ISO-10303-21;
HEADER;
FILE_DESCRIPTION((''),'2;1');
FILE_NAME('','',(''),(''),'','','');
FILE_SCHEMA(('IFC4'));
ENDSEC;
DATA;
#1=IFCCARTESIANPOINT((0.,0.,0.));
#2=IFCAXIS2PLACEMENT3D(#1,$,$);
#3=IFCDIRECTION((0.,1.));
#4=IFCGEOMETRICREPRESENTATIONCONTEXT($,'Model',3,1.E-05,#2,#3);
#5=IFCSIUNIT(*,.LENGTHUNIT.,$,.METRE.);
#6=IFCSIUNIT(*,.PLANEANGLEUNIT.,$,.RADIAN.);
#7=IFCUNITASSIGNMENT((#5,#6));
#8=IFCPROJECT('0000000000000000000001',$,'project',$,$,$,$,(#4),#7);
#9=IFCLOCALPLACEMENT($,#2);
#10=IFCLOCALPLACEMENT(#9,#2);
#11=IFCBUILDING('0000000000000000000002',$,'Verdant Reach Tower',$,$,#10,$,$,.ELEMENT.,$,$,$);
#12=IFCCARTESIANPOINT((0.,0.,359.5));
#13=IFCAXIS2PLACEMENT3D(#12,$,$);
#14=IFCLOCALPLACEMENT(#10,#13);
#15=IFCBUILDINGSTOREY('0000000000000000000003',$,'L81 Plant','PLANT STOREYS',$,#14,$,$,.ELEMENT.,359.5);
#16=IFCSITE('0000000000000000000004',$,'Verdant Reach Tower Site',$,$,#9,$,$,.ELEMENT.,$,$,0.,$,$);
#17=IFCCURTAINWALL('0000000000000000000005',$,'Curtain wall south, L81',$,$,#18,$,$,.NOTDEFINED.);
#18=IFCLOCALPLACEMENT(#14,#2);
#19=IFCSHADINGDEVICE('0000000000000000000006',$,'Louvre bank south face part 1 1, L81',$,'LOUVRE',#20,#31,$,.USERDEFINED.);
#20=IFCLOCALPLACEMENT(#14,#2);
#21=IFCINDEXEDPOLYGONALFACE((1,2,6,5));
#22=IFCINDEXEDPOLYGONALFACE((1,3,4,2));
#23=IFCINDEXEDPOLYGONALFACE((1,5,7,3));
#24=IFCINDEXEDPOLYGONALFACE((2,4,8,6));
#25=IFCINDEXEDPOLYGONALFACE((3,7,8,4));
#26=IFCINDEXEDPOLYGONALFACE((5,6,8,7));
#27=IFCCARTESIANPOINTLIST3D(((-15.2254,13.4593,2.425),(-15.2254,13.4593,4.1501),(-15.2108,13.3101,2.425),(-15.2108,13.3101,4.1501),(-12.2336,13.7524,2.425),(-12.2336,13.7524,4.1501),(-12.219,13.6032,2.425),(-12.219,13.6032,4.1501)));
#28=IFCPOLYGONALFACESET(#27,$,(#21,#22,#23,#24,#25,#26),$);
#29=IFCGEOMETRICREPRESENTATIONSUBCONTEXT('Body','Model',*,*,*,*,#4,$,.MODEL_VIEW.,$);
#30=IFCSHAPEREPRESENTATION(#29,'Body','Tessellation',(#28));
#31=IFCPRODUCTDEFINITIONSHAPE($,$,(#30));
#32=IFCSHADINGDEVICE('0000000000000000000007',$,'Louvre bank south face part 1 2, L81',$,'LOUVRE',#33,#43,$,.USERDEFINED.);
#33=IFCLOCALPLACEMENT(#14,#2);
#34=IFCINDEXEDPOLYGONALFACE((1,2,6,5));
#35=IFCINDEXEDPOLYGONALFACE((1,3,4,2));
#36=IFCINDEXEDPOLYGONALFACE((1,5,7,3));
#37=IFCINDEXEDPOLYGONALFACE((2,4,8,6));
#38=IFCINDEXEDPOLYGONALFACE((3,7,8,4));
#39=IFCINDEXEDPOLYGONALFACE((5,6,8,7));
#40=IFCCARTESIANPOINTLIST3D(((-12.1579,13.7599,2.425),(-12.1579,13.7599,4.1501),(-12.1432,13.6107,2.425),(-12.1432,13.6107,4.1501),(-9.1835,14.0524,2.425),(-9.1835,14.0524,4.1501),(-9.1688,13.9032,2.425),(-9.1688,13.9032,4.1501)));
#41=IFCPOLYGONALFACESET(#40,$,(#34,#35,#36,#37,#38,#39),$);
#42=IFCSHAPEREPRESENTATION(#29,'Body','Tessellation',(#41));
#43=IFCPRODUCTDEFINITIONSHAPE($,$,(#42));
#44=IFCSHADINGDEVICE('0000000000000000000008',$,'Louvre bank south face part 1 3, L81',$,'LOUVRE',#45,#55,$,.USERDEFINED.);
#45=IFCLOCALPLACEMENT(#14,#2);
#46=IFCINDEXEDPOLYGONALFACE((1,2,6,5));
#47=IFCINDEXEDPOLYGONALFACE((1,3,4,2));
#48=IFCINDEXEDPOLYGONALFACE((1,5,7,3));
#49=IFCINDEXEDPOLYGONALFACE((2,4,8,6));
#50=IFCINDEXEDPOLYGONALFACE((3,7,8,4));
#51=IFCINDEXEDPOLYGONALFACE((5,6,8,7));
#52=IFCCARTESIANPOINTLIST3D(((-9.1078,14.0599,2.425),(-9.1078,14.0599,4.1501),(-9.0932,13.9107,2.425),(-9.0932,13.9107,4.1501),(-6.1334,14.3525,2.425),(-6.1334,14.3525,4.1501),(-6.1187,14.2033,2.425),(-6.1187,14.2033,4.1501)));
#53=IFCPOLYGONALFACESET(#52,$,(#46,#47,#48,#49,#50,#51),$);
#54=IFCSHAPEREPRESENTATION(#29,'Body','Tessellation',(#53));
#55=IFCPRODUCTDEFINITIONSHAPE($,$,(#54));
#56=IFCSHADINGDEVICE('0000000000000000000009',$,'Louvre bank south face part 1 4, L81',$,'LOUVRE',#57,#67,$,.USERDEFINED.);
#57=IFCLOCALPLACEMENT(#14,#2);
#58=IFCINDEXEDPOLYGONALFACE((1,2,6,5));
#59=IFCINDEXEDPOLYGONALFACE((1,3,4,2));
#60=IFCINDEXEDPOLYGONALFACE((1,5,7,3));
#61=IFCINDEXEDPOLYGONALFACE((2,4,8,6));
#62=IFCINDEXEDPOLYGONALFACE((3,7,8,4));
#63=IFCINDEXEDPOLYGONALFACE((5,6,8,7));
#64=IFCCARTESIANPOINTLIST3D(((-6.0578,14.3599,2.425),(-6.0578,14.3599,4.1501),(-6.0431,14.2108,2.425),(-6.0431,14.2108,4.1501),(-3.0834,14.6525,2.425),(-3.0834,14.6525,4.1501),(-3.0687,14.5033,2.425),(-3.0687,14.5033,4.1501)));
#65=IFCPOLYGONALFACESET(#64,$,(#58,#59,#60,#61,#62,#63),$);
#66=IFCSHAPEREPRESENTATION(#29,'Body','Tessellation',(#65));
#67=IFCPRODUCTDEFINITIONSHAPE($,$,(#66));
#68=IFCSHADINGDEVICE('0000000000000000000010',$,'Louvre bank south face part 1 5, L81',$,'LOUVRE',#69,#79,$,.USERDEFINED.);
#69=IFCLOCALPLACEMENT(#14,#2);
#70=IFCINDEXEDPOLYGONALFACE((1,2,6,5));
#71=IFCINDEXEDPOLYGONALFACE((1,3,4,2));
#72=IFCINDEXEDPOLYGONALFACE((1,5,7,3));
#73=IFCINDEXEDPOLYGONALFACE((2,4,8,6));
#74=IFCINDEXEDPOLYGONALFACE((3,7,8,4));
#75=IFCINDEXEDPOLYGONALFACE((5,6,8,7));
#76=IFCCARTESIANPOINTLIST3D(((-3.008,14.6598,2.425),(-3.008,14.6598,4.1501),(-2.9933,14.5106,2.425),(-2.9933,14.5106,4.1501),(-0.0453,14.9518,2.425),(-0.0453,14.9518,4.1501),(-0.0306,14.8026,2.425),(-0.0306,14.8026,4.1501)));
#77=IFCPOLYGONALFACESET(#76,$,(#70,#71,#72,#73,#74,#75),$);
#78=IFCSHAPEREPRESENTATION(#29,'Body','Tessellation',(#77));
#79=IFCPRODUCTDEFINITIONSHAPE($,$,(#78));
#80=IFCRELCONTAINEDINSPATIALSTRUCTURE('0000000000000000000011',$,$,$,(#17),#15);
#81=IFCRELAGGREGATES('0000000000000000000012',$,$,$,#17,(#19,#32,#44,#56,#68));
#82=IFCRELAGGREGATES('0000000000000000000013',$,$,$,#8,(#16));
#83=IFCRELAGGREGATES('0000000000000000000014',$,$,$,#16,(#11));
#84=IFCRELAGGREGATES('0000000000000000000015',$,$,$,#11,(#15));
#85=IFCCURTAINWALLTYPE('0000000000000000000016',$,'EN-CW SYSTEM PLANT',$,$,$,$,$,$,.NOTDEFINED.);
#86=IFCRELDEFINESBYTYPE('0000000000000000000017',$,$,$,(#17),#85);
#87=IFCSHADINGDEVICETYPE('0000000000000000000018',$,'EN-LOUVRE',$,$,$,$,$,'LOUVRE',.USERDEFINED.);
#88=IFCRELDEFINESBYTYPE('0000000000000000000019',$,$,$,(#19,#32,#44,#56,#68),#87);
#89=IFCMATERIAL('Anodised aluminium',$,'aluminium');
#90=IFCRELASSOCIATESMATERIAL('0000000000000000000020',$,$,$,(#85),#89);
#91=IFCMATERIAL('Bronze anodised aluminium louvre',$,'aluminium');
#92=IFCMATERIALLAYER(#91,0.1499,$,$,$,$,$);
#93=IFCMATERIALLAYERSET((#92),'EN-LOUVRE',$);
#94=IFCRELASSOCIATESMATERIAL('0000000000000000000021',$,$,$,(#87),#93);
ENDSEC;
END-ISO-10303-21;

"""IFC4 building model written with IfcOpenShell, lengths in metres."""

from ifc_helpers import new_model, si_unit, direction, frame, origin, origin_2d, place, context, subcontext, project, spatial, rectangle, extrude, material, layer, layer_set, type_object, element, aggregate, save


model = new_model("IFC4")

# Units and contexts
model_context = context("Model", 3, precision=1e-05, world=origin(), true_north=direction((0.0, 1.0)))
body_context = subcontext(model_context, "Body", "Model", "MODEL_VIEW")
ifc_project = project(units=[si_unit("LENGTHUNIT", "METRE"), si_unit("PLANEANGLEUNIT", "RADIAN")], contexts=[model_context])

# Site, building, storey
site_placement = place(None, origin())
site = spatial("IfcSite", under=ifc_project, at=site_placement, Name="Verdant Reach Tower Site", CompositionType="ELEMENT", RefElevation=0.0)
building_placement = place(site_placement, origin())
building = spatial("IfcBuilding", under=site, at=building_placement, Name="Verdant Reach Tower", CompositionType="ELEMENT")
storey_placement = place(building_placement, frame((0.0, 0.0, 359.5)))
storey = spatial("IfcBuildingStorey", under=building, at=storey_placement, Name="L81 Plant", Description="PLANT STOREYS", CompositionType="ELEMENT", Elevation=359.5)

# Curtain wall
ifc_material_1 = material(Name="Anodised aluminium", Category="aluminium")
curtain_wall_type = type_object("IfcCurtainWallType", Name="EN-CW SYSTEM PLANT", PredefinedType="NOTDEFINED", material=ifc_material_1)
curtain_wall_placement = place(storey_placement, origin())
curtain_wall = element("IfcCurtainWall", 1, at=curtain_wall_placement, inside=storey, type_object=curtain_wall_type, Name="Curtain wall south, L81", PredefinedType="NOTDEFINED")

# Shading devices
ifc_material_2 = material(Name="Bronze anodised aluminium louvre", Category="aluminium")
ifc_layer_1 = layer(ifc_material_2, 0.1499)
ifc_layer_set_1 = layer_set([ifc_layer_1], Name="EN-LOUVRE")
shading_device_type = type_object("IfcShadingDeviceType", Name="EN-LOUVRE", ElementType="LOUVRE", PredefinedType="USERDEFINED", material=ifc_layer_set_1)
shading_device_1_placement = place(storey_placement, frame((-13.7222, 13.5312, 2.425), z_axis=(0.0, 0.0, 1.0), x_axis=(0.995238, 0.097473, 0.0)))
shading_device_1 = element("IfcShadingDevice", 2, at=shading_device_1_placement, type_object=shading_device_type, Name="Louvre bank south face part 1 1, L81", ObjectType="LOUVRE", PredefinedType="USERDEFINED", context=body_context, shape_type="SweptSolid", body=[
    extrude(rectangle(XDim=3.0061, YDim=0.1499, at=origin_2d()), origin(), (0.0, 0.0, 1.0), 1.7251),
])
shading_device_2_placement = place(storey_placement, frame((-10.6633, 13.8315, 2.425), z_axis=(0.0, 0.0, 1.0), x_axis=(0.995197, 0.097888, 0.0)))
shading_device_2 = element("IfcShadingDevice", 3, at=shading_device_2_placement, type_object=shading_device_type, Name="Louvre bank south face part 1 2, L81", ObjectType="LOUVRE", PredefinedType="USERDEFINED", context=body_context, shape_type="SweptSolid", body=[
    extrude(rectangle(XDim=2.9888, YDim=0.1499, at=origin_2d()), origin(), (0.0, 0.0, 1.0), 1.7251),
])
shading_device_3_placement = place(storey_placement, frame((-7.6133, 14.1316, 2.425), z_axis=(0.0, 0.0, 1.0), x_axis=(0.995197, 0.097888, 0.0)))
shading_device_3 = element("IfcShadingDevice", 4, at=shading_device_3_placement, type_object=shading_device_type, Name="Louvre bank south face part 1 3, L81", ObjectType="LOUVRE", PredefinedType="USERDEFINED", context=body_context, shape_type="SweptSolid", body=[
    extrude(rectangle(XDim=2.9888, YDim=0.1499, at=origin_2d()), origin(), (0.0, 0.0, 1.0), 1.7251),
])
shading_device_4_placement = place(storey_placement, frame((-4.5632, 14.4316, 2.425), z_axis=(0.0, 0.0, 1.0), x_axis=(0.995197, 0.097888, 0.0)))
shading_device_4 = element("IfcShadingDevice", 5, at=shading_device_4_placement, type_object=shading_device_type, Name="Louvre bank south face part 1 4, L81", ObjectType="LOUVRE", PredefinedType="USERDEFINED", context=body_context, shape_type="SweptSolid", body=[
    extrude(rectangle(XDim=2.9888, YDim=0.1499, at=origin_2d()), origin(), (0.0, 0.0, 1.0), 1.7251),
])
shading_device_5_placement = place(storey_placement, frame((-1.5193, 14.7312, 2.425), z_axis=(0.0, 0.0, 1.0), x_axis=(0.995179, 0.098075, 0.0)))
shading_device_5 = element("IfcShadingDevice", 6, at=shading_device_5_placement, type_object=shading_device_type, Name="Louvre bank south face part 1 5, L81", ObjectType="LOUVRE", PredefinedType="USERDEFINED", context=body_context, shape_type="SweptSolid", body=[
    extrude(rectangle(XDim=2.9771, YDim=0.1499, at=origin_2d()), origin(), (0.0, 0.0, 1.0), 1.7251),
])
aggregate(curtain_wall, [shading_device_1, shading_device_2, shading_device_3, shading_device_4, shading_device_5])

save(model, "model.ifc")
